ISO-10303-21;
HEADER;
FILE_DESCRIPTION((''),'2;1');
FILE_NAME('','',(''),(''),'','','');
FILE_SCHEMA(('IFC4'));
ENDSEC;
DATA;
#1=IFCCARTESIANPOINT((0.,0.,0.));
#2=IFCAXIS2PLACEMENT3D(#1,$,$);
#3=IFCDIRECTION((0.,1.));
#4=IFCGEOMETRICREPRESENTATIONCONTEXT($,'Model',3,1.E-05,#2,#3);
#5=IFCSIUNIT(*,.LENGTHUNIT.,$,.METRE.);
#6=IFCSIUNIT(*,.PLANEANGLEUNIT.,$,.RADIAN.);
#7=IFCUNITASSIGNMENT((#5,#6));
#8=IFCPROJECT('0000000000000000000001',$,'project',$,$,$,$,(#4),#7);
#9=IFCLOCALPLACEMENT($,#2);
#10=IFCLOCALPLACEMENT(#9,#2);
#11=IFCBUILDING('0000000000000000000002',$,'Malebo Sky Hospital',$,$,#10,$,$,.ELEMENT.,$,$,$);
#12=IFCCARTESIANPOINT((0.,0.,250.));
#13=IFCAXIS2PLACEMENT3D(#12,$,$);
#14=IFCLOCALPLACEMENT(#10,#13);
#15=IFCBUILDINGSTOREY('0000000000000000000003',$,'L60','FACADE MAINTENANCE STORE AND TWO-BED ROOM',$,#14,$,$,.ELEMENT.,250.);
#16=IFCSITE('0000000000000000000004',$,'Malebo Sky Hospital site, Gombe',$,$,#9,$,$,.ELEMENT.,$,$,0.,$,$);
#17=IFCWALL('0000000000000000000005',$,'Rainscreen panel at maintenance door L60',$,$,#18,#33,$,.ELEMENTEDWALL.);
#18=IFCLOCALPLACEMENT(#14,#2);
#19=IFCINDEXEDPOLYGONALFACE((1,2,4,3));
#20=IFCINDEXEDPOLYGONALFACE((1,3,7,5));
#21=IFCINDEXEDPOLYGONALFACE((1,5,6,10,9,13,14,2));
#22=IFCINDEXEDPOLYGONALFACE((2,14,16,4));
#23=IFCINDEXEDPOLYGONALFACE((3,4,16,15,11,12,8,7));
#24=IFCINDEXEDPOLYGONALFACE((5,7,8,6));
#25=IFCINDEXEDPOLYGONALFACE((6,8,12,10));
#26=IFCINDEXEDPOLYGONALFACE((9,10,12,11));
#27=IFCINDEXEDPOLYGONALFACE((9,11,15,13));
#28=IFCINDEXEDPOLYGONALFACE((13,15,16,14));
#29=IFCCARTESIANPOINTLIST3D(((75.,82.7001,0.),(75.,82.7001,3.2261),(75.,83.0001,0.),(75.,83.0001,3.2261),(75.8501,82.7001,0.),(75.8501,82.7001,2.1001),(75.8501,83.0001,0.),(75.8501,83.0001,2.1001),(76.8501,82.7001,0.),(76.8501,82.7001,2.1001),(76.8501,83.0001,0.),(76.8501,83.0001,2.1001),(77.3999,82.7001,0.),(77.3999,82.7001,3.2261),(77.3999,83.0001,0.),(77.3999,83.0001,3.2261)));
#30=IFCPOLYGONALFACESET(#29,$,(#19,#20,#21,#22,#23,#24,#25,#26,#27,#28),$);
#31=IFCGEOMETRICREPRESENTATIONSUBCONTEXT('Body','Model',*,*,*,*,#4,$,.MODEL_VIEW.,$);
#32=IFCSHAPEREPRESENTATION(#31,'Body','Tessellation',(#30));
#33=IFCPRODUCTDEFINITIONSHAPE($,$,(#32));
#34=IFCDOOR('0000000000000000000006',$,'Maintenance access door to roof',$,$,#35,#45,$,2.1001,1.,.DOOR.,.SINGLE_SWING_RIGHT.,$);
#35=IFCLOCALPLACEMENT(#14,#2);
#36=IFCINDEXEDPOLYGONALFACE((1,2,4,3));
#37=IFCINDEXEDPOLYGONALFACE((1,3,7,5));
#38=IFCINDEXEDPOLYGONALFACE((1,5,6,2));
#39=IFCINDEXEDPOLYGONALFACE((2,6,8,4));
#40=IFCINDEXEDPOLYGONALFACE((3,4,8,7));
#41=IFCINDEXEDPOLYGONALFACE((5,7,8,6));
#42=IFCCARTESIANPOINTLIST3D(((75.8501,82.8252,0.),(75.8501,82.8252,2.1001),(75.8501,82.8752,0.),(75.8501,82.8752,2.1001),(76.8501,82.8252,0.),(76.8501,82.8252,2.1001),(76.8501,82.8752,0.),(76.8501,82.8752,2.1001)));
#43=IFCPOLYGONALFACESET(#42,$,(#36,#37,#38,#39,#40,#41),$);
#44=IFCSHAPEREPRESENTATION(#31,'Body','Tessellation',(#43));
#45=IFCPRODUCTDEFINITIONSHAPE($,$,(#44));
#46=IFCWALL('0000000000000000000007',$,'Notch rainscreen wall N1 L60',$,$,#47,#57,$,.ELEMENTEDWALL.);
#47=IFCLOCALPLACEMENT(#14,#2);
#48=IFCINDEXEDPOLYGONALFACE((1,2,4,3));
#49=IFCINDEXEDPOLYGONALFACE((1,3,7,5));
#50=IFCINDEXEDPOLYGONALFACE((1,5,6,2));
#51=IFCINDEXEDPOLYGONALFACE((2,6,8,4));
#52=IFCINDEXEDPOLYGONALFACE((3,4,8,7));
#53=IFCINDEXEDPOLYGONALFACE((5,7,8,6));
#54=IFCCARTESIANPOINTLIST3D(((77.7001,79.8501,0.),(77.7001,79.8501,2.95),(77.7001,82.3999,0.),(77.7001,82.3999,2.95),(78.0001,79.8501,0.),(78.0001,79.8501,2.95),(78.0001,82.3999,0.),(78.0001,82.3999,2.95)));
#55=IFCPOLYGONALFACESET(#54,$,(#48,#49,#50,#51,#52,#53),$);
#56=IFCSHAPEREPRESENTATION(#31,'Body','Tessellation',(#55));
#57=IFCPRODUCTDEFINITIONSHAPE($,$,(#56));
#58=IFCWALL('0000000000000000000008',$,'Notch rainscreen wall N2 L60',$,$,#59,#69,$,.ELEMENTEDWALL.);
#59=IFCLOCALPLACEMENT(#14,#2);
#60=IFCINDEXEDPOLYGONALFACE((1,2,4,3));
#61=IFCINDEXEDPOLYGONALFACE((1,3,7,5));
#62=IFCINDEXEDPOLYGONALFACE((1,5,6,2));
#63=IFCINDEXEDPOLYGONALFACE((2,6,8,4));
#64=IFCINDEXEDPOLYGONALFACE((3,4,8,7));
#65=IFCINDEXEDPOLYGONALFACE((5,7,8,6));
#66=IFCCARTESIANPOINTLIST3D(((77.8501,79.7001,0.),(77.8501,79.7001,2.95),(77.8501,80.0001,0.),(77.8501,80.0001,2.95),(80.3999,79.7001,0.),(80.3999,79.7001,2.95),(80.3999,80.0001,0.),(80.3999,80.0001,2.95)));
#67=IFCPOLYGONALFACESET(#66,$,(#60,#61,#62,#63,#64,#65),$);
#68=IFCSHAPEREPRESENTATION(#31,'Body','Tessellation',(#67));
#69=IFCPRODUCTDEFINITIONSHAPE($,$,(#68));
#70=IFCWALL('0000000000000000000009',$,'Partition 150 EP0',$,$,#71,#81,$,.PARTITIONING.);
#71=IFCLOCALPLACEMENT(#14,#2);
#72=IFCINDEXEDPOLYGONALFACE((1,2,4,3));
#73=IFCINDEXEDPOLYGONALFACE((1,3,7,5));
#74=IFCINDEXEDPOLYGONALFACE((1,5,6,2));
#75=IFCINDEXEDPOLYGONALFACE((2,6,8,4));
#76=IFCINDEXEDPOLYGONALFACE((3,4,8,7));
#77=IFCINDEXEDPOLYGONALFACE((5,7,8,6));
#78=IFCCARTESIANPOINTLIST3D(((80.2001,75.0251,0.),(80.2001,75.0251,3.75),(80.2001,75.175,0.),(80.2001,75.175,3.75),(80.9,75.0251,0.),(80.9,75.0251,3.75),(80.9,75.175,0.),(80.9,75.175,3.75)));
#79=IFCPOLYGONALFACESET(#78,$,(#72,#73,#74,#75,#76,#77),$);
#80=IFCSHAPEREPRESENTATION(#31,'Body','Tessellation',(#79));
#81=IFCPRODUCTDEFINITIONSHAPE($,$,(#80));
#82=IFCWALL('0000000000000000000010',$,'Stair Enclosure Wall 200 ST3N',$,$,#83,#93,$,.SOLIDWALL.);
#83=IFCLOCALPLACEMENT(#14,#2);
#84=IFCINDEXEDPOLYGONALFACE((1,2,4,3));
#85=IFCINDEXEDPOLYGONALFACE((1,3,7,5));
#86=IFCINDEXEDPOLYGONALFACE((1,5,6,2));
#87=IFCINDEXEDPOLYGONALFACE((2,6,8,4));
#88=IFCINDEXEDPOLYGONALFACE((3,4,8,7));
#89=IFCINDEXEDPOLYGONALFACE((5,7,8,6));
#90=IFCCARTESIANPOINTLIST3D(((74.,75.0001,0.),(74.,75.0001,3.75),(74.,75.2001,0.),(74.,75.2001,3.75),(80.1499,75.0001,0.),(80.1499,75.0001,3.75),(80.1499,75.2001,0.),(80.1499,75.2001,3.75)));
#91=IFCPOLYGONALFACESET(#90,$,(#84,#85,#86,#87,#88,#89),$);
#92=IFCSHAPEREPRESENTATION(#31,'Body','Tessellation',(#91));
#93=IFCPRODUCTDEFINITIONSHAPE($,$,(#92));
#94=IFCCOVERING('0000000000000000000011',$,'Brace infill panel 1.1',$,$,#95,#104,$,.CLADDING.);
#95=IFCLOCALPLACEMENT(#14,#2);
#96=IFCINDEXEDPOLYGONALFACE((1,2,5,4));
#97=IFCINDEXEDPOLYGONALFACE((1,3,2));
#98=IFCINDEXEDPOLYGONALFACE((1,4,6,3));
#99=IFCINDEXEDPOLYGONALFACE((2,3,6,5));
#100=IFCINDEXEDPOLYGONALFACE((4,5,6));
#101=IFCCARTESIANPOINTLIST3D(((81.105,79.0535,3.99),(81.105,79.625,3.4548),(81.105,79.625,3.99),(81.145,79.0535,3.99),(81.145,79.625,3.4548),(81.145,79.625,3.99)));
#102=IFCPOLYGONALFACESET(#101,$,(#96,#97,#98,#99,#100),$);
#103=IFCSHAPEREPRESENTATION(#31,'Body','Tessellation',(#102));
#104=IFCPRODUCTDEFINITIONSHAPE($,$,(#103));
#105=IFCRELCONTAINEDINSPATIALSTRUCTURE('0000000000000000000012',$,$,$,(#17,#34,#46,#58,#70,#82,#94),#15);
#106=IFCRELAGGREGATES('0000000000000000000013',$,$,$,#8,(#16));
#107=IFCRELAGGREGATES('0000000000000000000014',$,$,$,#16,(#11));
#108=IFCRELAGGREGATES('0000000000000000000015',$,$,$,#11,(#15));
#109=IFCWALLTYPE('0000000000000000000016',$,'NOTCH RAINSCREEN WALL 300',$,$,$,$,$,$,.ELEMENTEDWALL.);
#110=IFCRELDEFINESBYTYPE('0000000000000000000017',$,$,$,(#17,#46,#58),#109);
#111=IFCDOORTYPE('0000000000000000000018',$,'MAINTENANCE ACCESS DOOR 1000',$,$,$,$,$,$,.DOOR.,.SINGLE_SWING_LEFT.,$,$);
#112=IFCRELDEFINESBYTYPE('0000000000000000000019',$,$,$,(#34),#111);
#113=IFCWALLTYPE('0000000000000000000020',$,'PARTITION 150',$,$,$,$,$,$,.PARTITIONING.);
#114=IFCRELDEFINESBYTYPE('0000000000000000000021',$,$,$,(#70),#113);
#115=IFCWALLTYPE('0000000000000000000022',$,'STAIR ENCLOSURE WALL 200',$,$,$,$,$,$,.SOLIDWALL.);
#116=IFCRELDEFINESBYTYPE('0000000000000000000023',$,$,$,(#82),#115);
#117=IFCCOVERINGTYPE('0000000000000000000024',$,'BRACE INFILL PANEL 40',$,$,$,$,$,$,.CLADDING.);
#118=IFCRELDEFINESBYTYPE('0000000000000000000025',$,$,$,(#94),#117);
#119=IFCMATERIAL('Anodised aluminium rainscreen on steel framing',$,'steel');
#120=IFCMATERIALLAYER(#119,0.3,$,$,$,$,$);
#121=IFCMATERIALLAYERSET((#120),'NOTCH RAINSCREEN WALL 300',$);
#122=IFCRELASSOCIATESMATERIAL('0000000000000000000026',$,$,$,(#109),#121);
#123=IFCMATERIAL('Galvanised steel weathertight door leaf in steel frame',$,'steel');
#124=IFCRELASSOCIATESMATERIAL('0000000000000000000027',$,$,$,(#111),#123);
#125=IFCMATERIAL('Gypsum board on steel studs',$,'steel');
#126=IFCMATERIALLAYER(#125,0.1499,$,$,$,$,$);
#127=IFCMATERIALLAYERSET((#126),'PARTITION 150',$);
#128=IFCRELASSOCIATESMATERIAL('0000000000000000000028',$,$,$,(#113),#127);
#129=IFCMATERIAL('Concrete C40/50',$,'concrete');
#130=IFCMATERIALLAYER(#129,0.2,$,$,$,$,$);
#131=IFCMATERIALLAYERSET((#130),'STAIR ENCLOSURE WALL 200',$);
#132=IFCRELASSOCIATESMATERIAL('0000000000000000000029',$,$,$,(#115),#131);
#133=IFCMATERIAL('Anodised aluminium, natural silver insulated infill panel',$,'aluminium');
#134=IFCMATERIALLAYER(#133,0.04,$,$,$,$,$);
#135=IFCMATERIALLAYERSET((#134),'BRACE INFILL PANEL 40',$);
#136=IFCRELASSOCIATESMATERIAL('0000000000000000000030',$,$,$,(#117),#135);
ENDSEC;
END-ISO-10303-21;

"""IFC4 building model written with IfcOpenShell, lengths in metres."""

from ifc_helpers import new_model, si_unit, direction, frame, frame_2d, origin, place, context, subcontext, project, spatial, polyline, rectangle, outline, extrude, material, layer, layer_set, type_object, element, fill, save


model = new_model("IFC4")

# Units and contexts
model_context = context("Model", 3, precision=1e-05, world=origin(), true_north=direction((0.0, 1.0)))
body_context = subcontext(model_context, "Body", "Model", "MODEL_VIEW")
ifc_project = project(units=[si_unit("LENGTHUNIT", "METRE"), si_unit("PLANEANGLEUNIT", "RADIAN")], contexts=[model_context])

# Site, building, storey
site_placement = place(None, origin())
site = spatial("IfcSite", under=ifc_project, at=site_placement, Name="Malebo Sky Hospital site, Gombe", CompositionType="ELEMENT", RefElevation=0.0)
building_placement = place(site_placement, origin())
building = spatial("IfcBuilding", under=site, at=building_placement, Name="Malebo Sky Hospital", CompositionType="ELEMENT")
storey_placement = place(building_placement, frame((0.0, 0.0, 250.0)))
storey = spatial("IfcBuildingStorey", under=building, at=storey_placement, Name="L60", Description="FACADE MAINTENANCE STORE AND TWO-BED ROOM", CompositionType="ELEMENT", Elevation=250.0)

# Wall, opening, door
ifc_material_1 = material(Name="Anodised aluminium rainscreen on steel framing", Category="steel")
ifc_layer_1 = layer(ifc_material_1, 0.3)
ifc_layer_set_1 = layer_set([ifc_layer_1], Name="NOTCH RAINSCREEN WALL 300")
wall_type_1 = type_object("IfcWallType", Name="NOTCH RAINSCREEN WALL 300", PredefinedType="ELEMENTEDWALL", material=ifc_layer_set_1)
wall_1_placement = place(storey_placement, frame((75.0, 82.8501, 0.0), z_axis=(0.0, 0.0, 1.0), x_axis=(1.0, 0.0, 0.0)))
wall_1 = element("IfcWall", 1, at=wall_1_placement, inside=storey, type_object=wall_type_1, Name="Rainscreen panel at maintenance door L60", PredefinedType="ELEMENTEDWALL", context=body_context, shape_type="SweptSolid", body=[
    extrude(rectangle(XDim=2.3999, YDim=0.3, at=frame_2d((1.2, 0.0))), origin(), (0.0, 0.0, 1.0), 3.2261),
])
opening_placement = place(wall_1_placement, frame((0.8501, 0.0, 0.0)))
opening = element("IfcOpeningElement", 2, at=opening_placement, cuts=wall_1, PredefinedType="OPENING", context=body_context, shape_type="SweptSolid", body=[
    extrude(rectangle(XDim=1.0, YDim=2.1001, at=frame_2d((0.5, 1.05))), frame((0.0, 0.1599, 0.0), z_axis=(0.0, -1.0, 0.0), x_axis=(1.0, 0.0, 0.0)), (0.0, 0.0, 1.0), 0.3201),
])
ifc_material_2 = material(Name="Galvanised steel weathertight door leaf in steel frame", Category="steel")
door_type = type_object("IfcDoorType", Name="MAINTENANCE ACCESS DOOR 1000", OperationType="SINGLE_SWING_LEFT", PredefinedType="DOOR", material=ifc_material_2)
door_placement = place(opening_placement, frame((1.0, 0.0, 0.0), z_axis=(0.0, 0.0, 1.0), x_axis=(-1.0, 0.0, 0.0)))
door = element("IfcDoor", 3, at=door_placement, inside=storey, type_object=door_type, Name="Maintenance access door to roof", OperationType="SINGLE_SWING_RIGHT", OverallHeight=2.1001, OverallWidth=1.0, PredefinedType="DOOR", context=body_context, shape_type="SweptSolid", body=[
    extrude(rectangle(XDim=1.0, YDim=2.1001, at=frame_2d((0.5, 1.05))), frame((0.0, 0.0249, 0.0), z_axis=(0.0, -1.0, 0.0), x_axis=(1.0, 0.0, 0.0)), (0.0, 0.0, 1.0), 0.05),
])
fill(opening, door)

# Walls
for number, where, z_axis, x_axis, name in (
    (4, (77.8501, 82.3999, 0.0), (0.0, 0.0, 1.0), (0.0, -1.0, 0.0), "Notch rainscreen wall N1 L60"),
    (5, (77.8501, 79.8501, 0.0), (0.0, 0.0, 1.0), (1.0, 0.0, 0.0), "Notch rainscreen wall N2 L60"),
):
    element("IfcWall", number, at=place(storey_placement, frame(where, z_axis=z_axis, x_axis=x_axis)), inside=storey, type_object=wall_type_1, Name=name, PredefinedType="ELEMENTEDWALL", context=body_context, shape_type="SweptSolid", body=[
        extrude(rectangle(XDim=2.5498, YDim=0.3, at=frame_2d((1.2749, 0.0))), origin(), (0.0, 0.0, 1.0), 2.95),
    ])
ifc_material_3 = material(Name="Gypsum board on steel studs", Category="steel")
ifc_layer_2 = layer(ifc_material_3, 0.1499)
ifc_layer_set_2 = layer_set([ifc_layer_2], Name="PARTITION 150")
wall_type_2 = type_object("IfcWallType", Name="PARTITION 150", PredefinedType="PARTITIONING", material=ifc_layer_set_2)
wall_2_placement = place(storey_placement, frame((80.2, 75.1001, 0.0), z_axis=(0.0, 0.0, 1.0), x_axis=(1.0, 0.0, 0.0)))
element("IfcWall", 6, at=wall_2_placement, inside=storey, type_object=wall_type_2, Name="Partition 150 EP0", PredefinedType="PARTITIONING", context=body_context, shape_type="SweptSolid", body=[
    extrude(rectangle(XDim=0.7, YDim=0.1499, at=frame_2d((0.3501, 0.0))), origin(), (0.0, 0.0, 1.0), 3.75),
])
ifc_material_4 = material(Name="Concrete C40/50", Category="concrete")
ifc_layer_3 = layer(ifc_material_4, 0.2)
ifc_layer_set_3 = layer_set([ifc_layer_3], Name="STAIR ENCLOSURE WALL 200")
wall_type_3 = type_object("IfcWallType", Name="STAIR ENCLOSURE WALL 200", PredefinedType="SOLIDWALL", material=ifc_layer_set_3)
wall_3_placement = place(storey_placement, frame((74.0, 75.1001, 0.0), z_axis=(0.0, 0.0, 1.0), x_axis=(1.0, 0.0, 0.0)))
element("IfcWall", 7, at=wall_3_placement, inside=storey, type_object=wall_type_3, Name="Stair Enclosure Wall 200 ST3N", PredefinedType="SOLIDWALL", context=body_context, shape_type="SweptSolid", body=[
    extrude(rectangle(XDim=6.1499, YDim=0.2, at=frame_2d((3.075, 0.0))), origin(), (0.0, 0.0, 1.0), 3.75),
])

# Covering
ifc_material_5 = material(Name="Anodised aluminium, natural silver insulated infill panel", Category="aluminium")
ifc_layer_4 = layer(ifc_material_5, 0.04)
ifc_layer_set_4 = layer_set([ifc_layer_4], Name="BRACE INFILL PANEL 40")
covering_type = type_object("IfcCoveringType", Name="BRACE INFILL PANEL 40", PredefinedType="CLADDING", material=ifc_layer_set_4)
covering_placement = place(storey_placement, frame((81.125, 79.3391, 3.4548), z_axis=(0.0, 0.0, 1.0), x_axis=(0.0, -1.0, 0.0)))
element("IfcCovering", 8, at=covering_placement, inside=storey, type_object=covering_type, Name="Brace infill panel 1.1", PredefinedType="CLADDING", context=body_context, shape_type="SweptSolid", body=[
    extrude(outline(polyline([(-0.2859, 0.0), (0.2856, 0.5352), (-0.2859, 0.5352), (-0.2859, 0.0)])), frame((0.0, 0.02, 0.0), z_axis=(0.0, -1.0, 0.0), x_axis=(1.0, 0.0, 0.0)), (0.0, 0.0, 1.0), 0.04),
])

save(model, "model.ifc")
